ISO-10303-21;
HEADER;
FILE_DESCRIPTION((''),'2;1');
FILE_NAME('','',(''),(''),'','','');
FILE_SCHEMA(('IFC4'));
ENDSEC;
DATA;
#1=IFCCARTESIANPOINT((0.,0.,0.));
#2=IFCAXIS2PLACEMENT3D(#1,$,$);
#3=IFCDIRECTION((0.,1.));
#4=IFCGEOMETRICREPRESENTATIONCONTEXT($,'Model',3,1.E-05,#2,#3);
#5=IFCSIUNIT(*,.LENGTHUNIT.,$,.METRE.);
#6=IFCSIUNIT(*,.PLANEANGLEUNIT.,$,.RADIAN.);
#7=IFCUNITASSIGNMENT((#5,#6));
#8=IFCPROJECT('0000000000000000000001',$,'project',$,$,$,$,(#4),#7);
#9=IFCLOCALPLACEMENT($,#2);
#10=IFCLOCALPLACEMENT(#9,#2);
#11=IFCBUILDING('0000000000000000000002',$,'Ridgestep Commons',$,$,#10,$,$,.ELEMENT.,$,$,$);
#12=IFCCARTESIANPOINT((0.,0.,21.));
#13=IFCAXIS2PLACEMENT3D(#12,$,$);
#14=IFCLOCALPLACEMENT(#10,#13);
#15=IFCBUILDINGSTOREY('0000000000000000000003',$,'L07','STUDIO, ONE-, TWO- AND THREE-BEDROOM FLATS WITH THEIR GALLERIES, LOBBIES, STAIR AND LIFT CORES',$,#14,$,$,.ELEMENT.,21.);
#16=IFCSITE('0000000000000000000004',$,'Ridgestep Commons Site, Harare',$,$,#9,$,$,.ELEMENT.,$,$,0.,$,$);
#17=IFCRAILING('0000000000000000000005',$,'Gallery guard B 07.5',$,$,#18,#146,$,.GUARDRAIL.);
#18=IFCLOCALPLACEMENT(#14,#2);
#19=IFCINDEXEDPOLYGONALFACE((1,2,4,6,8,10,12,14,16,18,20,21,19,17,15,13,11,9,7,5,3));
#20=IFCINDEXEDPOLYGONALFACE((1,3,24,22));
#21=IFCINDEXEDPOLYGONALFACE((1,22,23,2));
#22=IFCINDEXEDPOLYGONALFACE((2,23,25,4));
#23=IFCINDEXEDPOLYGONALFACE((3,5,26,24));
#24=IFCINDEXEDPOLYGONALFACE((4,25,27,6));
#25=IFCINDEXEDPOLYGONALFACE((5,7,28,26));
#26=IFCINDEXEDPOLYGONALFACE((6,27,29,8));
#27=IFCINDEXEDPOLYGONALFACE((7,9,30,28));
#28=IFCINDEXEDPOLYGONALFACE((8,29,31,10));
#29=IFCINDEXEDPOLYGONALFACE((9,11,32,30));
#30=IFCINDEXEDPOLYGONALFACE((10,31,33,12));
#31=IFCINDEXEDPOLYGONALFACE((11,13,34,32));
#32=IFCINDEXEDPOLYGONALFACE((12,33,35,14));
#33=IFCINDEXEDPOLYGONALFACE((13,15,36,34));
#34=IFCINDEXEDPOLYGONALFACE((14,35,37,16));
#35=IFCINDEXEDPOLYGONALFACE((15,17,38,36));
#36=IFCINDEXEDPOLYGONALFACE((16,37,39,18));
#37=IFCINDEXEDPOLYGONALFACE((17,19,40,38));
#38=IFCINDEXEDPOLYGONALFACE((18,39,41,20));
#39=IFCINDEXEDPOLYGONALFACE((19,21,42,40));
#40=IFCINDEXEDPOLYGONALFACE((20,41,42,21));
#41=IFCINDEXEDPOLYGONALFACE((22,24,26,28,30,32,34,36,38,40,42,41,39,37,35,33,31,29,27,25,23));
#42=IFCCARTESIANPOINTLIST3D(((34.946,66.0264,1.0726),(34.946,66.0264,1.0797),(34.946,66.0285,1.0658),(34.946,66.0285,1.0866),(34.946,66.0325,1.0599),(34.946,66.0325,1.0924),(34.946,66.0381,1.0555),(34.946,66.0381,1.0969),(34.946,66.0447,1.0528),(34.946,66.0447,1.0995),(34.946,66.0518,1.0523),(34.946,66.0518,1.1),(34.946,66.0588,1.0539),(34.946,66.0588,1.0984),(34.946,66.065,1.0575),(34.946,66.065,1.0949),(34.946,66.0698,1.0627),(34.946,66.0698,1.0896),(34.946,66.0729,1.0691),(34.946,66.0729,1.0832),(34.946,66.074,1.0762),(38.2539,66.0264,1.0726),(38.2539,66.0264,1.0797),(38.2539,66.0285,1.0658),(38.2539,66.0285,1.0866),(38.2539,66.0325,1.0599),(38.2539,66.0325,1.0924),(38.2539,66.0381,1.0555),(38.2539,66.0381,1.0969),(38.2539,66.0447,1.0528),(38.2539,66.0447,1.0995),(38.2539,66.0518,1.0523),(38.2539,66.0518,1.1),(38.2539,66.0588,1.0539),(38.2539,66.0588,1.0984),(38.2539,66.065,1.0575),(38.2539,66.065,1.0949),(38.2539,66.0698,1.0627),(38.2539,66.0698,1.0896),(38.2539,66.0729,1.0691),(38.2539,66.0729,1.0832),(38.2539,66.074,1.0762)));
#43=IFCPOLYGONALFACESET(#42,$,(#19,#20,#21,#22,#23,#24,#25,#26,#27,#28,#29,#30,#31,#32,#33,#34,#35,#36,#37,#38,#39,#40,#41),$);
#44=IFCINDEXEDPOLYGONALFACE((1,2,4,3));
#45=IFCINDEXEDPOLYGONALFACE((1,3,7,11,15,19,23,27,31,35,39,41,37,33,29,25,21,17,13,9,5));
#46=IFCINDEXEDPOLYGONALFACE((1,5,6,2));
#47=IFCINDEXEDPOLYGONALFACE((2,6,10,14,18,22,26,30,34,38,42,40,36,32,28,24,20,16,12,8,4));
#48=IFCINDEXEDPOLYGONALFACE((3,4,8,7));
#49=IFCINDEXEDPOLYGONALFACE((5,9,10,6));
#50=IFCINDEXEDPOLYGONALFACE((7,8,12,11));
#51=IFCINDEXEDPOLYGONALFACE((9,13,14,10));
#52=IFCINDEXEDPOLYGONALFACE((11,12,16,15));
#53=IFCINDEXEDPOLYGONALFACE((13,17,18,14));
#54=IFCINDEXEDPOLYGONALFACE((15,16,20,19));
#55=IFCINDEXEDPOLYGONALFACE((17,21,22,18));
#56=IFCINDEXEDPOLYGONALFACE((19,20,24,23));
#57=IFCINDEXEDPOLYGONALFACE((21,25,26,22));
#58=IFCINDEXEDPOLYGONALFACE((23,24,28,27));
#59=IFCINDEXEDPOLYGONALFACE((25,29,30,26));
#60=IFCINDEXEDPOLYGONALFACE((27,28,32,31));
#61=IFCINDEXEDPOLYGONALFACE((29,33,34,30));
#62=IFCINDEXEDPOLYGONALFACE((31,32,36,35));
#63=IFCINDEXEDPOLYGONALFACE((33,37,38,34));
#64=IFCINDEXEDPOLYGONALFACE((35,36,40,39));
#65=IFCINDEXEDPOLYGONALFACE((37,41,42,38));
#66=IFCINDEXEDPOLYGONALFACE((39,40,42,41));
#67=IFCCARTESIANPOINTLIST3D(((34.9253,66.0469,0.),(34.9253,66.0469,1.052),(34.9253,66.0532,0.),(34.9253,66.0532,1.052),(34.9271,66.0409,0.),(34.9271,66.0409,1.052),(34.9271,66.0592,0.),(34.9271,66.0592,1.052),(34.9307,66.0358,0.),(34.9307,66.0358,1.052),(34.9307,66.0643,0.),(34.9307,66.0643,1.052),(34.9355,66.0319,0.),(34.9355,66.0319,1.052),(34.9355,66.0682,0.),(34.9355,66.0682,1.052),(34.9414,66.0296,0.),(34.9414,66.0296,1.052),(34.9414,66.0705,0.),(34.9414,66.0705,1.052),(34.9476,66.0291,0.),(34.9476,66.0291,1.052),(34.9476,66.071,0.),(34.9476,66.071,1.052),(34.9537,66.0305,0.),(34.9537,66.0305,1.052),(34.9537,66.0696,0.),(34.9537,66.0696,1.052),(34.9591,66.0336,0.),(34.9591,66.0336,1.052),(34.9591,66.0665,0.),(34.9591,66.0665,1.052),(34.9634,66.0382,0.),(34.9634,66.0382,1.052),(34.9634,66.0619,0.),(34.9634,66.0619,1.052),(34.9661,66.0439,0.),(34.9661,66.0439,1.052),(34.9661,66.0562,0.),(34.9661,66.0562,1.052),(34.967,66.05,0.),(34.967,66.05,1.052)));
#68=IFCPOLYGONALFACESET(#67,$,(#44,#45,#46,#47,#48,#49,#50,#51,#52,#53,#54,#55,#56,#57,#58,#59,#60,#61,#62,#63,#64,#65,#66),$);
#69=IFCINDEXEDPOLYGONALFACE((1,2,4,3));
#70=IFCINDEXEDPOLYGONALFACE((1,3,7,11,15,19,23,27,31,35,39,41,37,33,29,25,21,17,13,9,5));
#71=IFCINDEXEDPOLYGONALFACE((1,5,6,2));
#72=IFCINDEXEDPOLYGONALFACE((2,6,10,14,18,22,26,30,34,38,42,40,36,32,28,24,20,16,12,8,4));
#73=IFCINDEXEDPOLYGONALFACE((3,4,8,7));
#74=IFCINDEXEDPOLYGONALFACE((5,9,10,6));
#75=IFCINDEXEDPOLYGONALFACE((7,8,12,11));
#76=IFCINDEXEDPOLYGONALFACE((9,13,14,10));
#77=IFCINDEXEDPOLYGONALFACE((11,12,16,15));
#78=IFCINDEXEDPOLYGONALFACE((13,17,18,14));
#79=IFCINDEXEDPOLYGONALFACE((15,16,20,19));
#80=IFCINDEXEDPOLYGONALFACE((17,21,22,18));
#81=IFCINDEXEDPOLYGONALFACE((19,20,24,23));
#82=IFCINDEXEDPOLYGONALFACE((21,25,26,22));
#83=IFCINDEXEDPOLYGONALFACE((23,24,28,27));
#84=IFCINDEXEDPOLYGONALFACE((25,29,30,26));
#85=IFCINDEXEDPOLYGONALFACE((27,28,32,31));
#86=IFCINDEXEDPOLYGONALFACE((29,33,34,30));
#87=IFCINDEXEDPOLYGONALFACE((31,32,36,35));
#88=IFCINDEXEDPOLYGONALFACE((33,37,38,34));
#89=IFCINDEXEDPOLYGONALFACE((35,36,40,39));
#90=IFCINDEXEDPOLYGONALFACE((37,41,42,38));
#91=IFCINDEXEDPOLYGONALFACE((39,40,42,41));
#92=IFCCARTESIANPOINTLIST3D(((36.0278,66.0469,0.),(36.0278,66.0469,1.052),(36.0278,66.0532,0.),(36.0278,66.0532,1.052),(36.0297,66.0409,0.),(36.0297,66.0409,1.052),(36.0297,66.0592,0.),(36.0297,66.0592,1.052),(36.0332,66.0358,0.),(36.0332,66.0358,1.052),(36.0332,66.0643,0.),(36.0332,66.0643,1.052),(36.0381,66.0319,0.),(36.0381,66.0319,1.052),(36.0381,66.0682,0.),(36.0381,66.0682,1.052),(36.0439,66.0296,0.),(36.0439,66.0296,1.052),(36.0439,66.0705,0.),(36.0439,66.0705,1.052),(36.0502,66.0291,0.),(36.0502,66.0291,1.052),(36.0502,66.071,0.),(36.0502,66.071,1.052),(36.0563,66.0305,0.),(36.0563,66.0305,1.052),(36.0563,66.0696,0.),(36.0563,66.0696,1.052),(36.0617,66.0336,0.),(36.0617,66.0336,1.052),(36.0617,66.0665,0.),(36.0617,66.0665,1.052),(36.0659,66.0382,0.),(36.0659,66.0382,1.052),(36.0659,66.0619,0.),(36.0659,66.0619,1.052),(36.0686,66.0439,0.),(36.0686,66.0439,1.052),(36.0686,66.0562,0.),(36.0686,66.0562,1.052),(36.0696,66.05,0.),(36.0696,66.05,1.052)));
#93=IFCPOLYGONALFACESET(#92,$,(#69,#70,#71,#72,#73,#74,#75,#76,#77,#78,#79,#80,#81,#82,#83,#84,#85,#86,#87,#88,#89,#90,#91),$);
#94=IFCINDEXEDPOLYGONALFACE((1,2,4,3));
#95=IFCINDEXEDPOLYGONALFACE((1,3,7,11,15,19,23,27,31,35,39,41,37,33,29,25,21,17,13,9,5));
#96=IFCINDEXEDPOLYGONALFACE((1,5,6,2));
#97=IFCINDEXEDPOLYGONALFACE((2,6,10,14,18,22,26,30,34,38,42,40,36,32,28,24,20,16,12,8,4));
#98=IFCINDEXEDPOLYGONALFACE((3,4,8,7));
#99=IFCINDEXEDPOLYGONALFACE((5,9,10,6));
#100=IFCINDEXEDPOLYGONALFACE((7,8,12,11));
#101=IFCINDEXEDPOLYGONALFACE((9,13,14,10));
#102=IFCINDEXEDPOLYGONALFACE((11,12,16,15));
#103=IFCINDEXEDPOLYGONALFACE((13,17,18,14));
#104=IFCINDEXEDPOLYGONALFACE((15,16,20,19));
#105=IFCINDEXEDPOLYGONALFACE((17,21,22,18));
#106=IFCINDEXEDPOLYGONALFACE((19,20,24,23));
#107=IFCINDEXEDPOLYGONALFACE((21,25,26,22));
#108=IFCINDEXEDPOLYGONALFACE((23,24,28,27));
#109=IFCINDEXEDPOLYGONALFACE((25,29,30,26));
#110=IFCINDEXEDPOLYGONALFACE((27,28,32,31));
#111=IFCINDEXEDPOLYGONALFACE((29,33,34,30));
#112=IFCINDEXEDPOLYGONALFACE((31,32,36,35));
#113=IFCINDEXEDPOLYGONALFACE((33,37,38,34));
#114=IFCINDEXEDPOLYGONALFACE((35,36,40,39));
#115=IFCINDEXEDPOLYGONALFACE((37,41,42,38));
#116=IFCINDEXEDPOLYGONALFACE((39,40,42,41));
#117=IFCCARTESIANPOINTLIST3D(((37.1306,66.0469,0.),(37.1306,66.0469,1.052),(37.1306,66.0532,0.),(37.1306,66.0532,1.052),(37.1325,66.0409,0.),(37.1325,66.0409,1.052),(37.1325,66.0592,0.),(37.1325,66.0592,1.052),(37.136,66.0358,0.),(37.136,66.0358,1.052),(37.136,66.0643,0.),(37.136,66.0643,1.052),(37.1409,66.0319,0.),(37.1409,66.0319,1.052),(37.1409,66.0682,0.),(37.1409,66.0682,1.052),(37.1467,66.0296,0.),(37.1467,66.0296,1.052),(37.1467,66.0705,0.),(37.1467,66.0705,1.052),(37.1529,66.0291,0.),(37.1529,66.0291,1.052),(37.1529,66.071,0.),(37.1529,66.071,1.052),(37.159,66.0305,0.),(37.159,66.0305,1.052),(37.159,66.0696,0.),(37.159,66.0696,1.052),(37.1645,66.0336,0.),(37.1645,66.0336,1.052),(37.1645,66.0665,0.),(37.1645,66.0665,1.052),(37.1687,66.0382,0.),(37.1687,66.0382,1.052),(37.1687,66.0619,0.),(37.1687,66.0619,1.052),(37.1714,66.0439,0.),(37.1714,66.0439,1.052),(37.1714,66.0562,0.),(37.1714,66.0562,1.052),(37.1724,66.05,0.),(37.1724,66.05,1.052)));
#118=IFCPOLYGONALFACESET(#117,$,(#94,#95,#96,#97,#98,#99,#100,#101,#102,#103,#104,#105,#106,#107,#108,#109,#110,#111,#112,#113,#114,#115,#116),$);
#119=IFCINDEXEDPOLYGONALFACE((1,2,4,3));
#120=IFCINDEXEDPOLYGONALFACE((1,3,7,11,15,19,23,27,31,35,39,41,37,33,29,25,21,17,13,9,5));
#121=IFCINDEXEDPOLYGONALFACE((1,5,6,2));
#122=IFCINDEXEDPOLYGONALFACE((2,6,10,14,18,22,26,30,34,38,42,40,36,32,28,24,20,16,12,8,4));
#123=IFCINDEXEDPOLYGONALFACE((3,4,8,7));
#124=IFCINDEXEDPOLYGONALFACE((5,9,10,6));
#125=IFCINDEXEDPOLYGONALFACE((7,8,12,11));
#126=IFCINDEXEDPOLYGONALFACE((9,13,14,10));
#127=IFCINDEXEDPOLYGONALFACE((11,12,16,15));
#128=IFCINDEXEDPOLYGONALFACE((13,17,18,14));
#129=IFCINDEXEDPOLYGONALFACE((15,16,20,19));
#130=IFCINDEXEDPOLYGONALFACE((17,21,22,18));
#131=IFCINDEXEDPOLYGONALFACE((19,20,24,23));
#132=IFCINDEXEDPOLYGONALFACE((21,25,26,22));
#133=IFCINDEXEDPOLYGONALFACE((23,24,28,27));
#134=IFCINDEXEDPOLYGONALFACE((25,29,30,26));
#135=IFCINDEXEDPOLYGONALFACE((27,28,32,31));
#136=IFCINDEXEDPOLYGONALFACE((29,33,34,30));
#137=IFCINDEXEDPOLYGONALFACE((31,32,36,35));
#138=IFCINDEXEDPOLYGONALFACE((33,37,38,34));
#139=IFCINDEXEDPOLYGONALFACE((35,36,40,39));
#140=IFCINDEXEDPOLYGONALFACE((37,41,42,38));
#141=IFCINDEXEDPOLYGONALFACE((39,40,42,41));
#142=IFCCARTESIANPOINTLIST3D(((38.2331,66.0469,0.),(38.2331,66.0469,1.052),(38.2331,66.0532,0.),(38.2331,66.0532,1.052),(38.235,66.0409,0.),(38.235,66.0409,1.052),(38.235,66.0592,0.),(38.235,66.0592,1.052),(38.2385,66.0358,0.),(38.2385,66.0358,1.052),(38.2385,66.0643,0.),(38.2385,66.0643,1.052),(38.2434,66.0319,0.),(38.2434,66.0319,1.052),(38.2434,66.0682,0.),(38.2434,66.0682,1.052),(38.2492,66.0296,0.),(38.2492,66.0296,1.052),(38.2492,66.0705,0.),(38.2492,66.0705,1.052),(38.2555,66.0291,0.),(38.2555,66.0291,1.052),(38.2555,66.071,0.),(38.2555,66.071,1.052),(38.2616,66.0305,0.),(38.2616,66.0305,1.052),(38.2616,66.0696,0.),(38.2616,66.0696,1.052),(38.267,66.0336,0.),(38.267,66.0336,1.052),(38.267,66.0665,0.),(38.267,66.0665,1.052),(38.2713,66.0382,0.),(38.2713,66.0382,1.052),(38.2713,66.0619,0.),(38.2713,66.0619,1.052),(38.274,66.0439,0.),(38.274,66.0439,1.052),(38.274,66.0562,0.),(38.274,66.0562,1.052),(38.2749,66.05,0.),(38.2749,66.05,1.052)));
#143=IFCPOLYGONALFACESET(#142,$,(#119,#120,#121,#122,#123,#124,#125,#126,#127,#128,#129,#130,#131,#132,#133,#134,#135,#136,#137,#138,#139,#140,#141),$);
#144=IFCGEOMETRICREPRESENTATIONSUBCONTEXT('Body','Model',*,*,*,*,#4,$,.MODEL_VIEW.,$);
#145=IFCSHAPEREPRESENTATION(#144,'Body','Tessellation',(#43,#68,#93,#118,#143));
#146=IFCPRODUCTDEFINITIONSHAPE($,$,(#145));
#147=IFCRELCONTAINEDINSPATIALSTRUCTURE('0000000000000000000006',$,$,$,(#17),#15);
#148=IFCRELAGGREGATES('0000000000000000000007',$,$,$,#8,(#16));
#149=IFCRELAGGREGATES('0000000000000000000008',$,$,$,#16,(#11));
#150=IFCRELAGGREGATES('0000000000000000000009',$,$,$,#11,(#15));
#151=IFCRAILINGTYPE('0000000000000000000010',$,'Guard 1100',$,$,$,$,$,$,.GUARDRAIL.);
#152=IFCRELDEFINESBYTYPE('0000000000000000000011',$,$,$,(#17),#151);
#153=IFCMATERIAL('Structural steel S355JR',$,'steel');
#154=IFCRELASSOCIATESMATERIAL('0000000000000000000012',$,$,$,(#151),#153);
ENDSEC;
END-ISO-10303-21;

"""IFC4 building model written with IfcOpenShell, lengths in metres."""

from ifc_helpers import new_model, si_unit, direction, frame, origin, origin_2d, place, context, subcontext, project, spatial, circle, extrude, material, type_object, element, save


model = new_model("IFC4")

# Units and contexts
model_context = context("Model", 3, precision=1e-05, world=origin(), true_north=direction((0.0, 1.0)))
body_context = subcontext(model_context, "Body", "Model", "MODEL_VIEW")
ifc_project = project(units=[si_unit("LENGTHUNIT", "METRE"), si_unit("PLANEANGLEUNIT", "RADIAN")], contexts=[model_context])

# Site, building, storey
site_placement = place(None, origin())
site = spatial("IfcSite", under=ifc_project, at=site_placement, Name="Ridgestep Commons Site, Harare", CompositionType="ELEMENT", RefElevation=0.0)
building_placement = place(site_placement, origin())
building = spatial("IfcBuilding", under=site, at=building_placement, Name="Ridgestep Commons", CompositionType="ELEMENT")
storey_placement = place(building_placement, frame((0.0, 0.0, 21.0)))
storey = spatial("IfcBuildingStorey", under=building, at=storey_placement, Name="L07", Description="STUDIO, ONE-, TWO- AND THREE-BEDROOM FLATS WITH THEIR GALLERIES, LOBBIES, STAIR AND LIFT CORES", CompositionType="ELEMENT", Elevation=21.0)

# Railing
ifc_material_1 = material(Name="Structural steel S355JR", Category="steel")
railing_type_1 = type_object("IfcRailingType", Name="Guard 1100", PredefinedType="GUARDRAIL", material=ifc_material_1)
railing_1_placement = place(storey_placement, frame((34.946, 66.05, 0.0)))
element("IfcRailing", 1, at=railing_1_placement, inside=storey, type_object=railing_type_1, Name="Gallery guard B 07.5", PredefinedType="GUARDRAIL", context=body_context, shape_type="SweptSolid", body=[
    extrude(circle(Radius=0.0239, at=origin_2d()), frame((0.0, 0.0, 1.0762), z_axis=(1.0, 0.0, 0.0), x_axis=(0.0, 1.0, 0.0)), (0.0, 0.0, 1.0), 3.3079),
    extrude(circle(Radius=0.021, at=origin_2d()), origin(), (0.0, 0.0, 1.0), 1.052),
    extrude(circle(Radius=0.021, at=origin_2d()), frame((1.1025, 0.0, 0.0)), (0.0, 0.0, 1.0), 1.052),
    extrude(circle(Radius=0.021, at=origin_2d()), frame((2.2053, 0.0, 0.0)), (0.0, 0.0, 1.0), 1.052),
    extrude(circle(Radius=0.021, at=origin_2d()), frame((3.3079, 0.0, 0.0)), (0.0, 0.0, 1.0), 1.052),
])

save(model, "model.ifc")
